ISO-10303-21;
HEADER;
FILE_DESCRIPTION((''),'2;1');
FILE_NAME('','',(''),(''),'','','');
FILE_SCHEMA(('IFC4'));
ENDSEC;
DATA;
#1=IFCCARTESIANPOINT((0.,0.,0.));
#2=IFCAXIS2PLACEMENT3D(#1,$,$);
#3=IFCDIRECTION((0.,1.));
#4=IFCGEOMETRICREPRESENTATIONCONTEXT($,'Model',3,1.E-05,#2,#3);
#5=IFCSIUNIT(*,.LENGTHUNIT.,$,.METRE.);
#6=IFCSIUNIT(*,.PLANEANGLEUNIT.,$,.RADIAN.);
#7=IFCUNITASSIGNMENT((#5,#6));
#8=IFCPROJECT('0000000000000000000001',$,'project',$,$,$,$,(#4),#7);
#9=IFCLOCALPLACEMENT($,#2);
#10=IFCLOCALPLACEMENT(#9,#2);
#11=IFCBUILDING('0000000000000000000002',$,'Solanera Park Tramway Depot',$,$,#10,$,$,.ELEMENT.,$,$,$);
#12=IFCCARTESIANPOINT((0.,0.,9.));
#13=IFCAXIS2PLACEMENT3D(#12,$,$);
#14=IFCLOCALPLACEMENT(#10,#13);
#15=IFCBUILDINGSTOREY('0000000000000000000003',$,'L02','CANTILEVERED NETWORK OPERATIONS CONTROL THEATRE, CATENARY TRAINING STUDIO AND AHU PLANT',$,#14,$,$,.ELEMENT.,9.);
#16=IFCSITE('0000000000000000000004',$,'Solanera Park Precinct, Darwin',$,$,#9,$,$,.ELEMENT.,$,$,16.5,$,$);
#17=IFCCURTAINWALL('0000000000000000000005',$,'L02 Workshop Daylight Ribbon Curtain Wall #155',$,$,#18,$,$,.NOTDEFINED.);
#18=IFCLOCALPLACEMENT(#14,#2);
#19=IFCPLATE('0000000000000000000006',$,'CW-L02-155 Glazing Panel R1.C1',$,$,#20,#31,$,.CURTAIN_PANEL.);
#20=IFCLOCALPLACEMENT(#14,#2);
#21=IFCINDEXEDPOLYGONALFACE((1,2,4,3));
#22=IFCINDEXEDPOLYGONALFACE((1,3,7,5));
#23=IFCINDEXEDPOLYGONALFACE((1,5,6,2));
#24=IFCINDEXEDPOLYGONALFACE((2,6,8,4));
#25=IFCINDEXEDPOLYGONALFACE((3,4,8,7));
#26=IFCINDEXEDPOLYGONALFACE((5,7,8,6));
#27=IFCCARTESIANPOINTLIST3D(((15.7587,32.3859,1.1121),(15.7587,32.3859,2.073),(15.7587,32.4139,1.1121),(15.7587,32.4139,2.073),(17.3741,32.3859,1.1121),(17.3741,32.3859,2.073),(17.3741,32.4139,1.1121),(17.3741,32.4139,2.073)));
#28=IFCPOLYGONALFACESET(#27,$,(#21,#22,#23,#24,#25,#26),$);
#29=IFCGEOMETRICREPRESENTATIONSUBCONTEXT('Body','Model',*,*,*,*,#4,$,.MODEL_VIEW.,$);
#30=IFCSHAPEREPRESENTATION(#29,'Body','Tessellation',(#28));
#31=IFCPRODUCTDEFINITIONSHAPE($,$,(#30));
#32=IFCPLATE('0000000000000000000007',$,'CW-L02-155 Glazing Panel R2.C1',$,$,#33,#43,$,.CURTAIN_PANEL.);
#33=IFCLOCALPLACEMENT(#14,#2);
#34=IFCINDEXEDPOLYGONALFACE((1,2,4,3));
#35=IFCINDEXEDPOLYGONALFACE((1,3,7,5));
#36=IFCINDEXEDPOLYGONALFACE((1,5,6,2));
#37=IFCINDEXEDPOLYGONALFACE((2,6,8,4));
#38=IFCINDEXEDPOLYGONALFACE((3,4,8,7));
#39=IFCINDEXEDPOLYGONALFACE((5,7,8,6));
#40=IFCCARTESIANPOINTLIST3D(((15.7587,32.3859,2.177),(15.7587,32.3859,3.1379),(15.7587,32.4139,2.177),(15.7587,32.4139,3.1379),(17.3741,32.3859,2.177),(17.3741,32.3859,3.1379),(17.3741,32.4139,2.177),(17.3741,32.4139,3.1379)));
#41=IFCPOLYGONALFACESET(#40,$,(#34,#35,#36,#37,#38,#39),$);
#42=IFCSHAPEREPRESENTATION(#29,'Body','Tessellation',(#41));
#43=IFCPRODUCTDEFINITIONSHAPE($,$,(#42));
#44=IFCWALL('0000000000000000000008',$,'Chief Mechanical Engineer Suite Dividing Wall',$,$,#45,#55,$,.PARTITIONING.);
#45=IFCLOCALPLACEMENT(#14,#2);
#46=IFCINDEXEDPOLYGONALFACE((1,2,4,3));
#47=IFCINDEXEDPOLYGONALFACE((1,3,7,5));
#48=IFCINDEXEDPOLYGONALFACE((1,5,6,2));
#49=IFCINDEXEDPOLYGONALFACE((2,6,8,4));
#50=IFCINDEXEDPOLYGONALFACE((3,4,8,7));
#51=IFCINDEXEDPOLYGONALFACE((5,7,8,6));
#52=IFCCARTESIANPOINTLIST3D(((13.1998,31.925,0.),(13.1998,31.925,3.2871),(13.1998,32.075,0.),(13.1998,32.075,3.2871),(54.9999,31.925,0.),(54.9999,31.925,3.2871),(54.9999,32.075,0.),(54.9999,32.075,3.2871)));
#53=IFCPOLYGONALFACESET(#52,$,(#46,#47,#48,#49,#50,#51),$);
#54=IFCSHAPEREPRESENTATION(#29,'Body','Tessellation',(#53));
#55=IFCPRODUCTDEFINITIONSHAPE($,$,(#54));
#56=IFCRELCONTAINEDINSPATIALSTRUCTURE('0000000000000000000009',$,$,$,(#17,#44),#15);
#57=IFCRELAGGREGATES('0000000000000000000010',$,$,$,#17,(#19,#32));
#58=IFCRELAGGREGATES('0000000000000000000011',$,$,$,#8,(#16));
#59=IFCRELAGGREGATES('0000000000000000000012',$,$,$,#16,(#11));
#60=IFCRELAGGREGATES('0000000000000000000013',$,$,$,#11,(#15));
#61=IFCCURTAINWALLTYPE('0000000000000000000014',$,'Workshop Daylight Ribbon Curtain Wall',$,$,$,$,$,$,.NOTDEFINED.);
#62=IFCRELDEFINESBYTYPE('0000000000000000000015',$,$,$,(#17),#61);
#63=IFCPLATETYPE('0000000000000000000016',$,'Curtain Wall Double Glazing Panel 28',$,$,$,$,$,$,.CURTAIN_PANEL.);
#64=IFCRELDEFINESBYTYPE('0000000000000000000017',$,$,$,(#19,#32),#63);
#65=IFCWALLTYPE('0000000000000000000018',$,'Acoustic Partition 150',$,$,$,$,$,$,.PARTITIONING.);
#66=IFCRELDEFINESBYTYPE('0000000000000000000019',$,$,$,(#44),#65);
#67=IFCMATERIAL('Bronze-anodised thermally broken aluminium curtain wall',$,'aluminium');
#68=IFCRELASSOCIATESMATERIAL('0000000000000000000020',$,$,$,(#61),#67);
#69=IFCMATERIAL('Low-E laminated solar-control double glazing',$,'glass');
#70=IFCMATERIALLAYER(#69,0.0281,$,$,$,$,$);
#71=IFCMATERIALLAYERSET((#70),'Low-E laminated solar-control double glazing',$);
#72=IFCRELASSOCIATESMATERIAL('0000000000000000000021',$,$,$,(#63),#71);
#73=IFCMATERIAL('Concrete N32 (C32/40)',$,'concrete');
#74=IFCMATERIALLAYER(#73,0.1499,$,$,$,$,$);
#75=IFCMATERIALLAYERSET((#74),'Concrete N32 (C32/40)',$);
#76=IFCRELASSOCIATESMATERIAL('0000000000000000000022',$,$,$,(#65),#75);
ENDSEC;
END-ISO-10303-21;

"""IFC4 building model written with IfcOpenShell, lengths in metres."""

from ifc_helpers import new_model, si_unit, direction, frame, frame_2d, origin, origin_2d, place, context, subcontext, project, spatial, rectangle, extrude, material, layer, layer_set, type_object, element, aggregate, save


model = new_model("IFC4")

# Units and contexts
model_context = context("Model", 3, precision=1e-05, world=origin(), true_north=direction((0.0, 1.0)))
body_context = subcontext(model_context, "Body", "Model", "MODEL_VIEW")
ifc_project = project(units=[si_unit("LENGTHUNIT", "METRE"), si_unit("PLANEANGLEUNIT", "RADIAN")], contexts=[model_context])

# Site, building, storey
site_placement = place(None, origin())
site = spatial("IfcSite", under=ifc_project, at=site_placement, Name="Solanera Park Precinct, Darwin", CompositionType="ELEMENT", RefElevation=16.5)
building_placement = place(site_placement, origin())
building = spatial("IfcBuilding", under=site, at=building_placement, Name="Solanera Park Tramway Depot", CompositionType="ELEMENT")
storey_placement = place(building_placement, frame((0.0, 0.0, 9.0)))
storey = spatial("IfcBuildingStorey", under=building, at=storey_placement, Name="L02", Description="CANTILEVERED NETWORK OPERATIONS CONTROL THEATRE, CATENARY TRAINING STUDIO AND AHU PLANT", CompositionType="ELEMENT", Elevation=9.0)

# Curtain wall
ifc_material_1 = material(Name="Bronze-anodised thermally broken aluminium curtain wall", Category="aluminium")
curtain_wall_type = type_object("IfcCurtainWallType", Name="Workshop Daylight Ribbon Curtain Wall", PredefinedType="NOTDEFINED", material=ifc_material_1)
curtain_wall_1_placement = place(storey_placement, origin())
curtain_wall_1 = element("IfcCurtainWall", 1, at=curtain_wall_1_placement, inside=storey, type_object=curtain_wall_type, Name="L02 Workshop Daylight Ribbon Curtain Wall #155", PredefinedType="NOTDEFINED")

# Plates
ifc_material_2 = material(Name="Low-E laminated solar-control double glazing", Category="glass")
ifc_layer_1 = layer(ifc_material_2, 0.0281)
ifc_layer_set_1 = layer_set([ifc_layer_1], Name="Low-E laminated solar-control double glazing")
plate_type = type_object("IfcPlateType", Name="Curtain Wall Double Glazing Panel 28", PredefinedType="CURTAIN_PANEL", material=ifc_layer_set_1)
plate_1_placement = place(storey_placement, frame((16.5664, 32.3999, 1.1121), z_axis=(0.0, 0.0, 1.0), x_axis=(1.0, 0.0, 0.0)))
plate_1 = element("IfcPlate", 2, at=plate_1_placement, type_object=plate_type, Name="CW-L02-155 Glazing Panel R1.C1", PredefinedType="CURTAIN_PANEL", context=body_context, shape_type="SweptSolid", body=[
    extrude(rectangle(XDim=1.6155, YDim=0.0281, at=origin_2d()), origin(), (0.0, 0.0, 1.0), 0.9609),
])
plate_2_placement = place(storey_placement, frame((16.5664, 32.3999, 2.177), z_axis=(0.0, 0.0, 1.0), x_axis=(1.0, 0.0, 0.0)))
plate_2 = element("IfcPlate", 3, at=plate_2_placement, type_object=plate_type, Name="CW-L02-155 Glazing Panel R2.C1", PredefinedType="CURTAIN_PANEL", context=body_context, shape_type="SweptSolid", body=[
    extrude(rectangle(XDim=1.6155, YDim=0.0281, at=origin_2d()), origin(), (0.0, 0.0, 1.0), 0.9609),
])
aggregate(curtain_wall_1, [plate_1, plate_2])

# Wall
ifc_material_3 = material(Name="Concrete N32 (C32/40)", Category="concrete")
ifc_layer_2 = layer(ifc_material_3, 0.1499)
ifc_layer_set_2 = layer_set([ifc_layer_2], Name="Concrete N32 (C32/40)")
wall_type = type_object("IfcWallType", Name="Acoustic Partition 150", PredefinedType="PARTITIONING", material=ifc_layer_set_2)
wall_placement = place(storey_placement, frame((13.2, 32.0, 0.0), z_axis=(0.0, 0.0, 1.0), x_axis=(1.0, 0.0, 0.0)))
element("IfcWall", 4, at=wall_placement, inside=storey, type_object=wall_type, Name="Chief Mechanical Engineer Suite Dividing Wall", PredefinedType="PARTITIONING", context=body_context, shape_type="SweptSolid", body=[
    extrude(rectangle(XDim=41.8, YDim=0.1499, at=frame_2d((20.8999, 0.0))), origin(), (0.0, 0.0, 1.0), 3.2871),
])

save(model, "model.ifc")
